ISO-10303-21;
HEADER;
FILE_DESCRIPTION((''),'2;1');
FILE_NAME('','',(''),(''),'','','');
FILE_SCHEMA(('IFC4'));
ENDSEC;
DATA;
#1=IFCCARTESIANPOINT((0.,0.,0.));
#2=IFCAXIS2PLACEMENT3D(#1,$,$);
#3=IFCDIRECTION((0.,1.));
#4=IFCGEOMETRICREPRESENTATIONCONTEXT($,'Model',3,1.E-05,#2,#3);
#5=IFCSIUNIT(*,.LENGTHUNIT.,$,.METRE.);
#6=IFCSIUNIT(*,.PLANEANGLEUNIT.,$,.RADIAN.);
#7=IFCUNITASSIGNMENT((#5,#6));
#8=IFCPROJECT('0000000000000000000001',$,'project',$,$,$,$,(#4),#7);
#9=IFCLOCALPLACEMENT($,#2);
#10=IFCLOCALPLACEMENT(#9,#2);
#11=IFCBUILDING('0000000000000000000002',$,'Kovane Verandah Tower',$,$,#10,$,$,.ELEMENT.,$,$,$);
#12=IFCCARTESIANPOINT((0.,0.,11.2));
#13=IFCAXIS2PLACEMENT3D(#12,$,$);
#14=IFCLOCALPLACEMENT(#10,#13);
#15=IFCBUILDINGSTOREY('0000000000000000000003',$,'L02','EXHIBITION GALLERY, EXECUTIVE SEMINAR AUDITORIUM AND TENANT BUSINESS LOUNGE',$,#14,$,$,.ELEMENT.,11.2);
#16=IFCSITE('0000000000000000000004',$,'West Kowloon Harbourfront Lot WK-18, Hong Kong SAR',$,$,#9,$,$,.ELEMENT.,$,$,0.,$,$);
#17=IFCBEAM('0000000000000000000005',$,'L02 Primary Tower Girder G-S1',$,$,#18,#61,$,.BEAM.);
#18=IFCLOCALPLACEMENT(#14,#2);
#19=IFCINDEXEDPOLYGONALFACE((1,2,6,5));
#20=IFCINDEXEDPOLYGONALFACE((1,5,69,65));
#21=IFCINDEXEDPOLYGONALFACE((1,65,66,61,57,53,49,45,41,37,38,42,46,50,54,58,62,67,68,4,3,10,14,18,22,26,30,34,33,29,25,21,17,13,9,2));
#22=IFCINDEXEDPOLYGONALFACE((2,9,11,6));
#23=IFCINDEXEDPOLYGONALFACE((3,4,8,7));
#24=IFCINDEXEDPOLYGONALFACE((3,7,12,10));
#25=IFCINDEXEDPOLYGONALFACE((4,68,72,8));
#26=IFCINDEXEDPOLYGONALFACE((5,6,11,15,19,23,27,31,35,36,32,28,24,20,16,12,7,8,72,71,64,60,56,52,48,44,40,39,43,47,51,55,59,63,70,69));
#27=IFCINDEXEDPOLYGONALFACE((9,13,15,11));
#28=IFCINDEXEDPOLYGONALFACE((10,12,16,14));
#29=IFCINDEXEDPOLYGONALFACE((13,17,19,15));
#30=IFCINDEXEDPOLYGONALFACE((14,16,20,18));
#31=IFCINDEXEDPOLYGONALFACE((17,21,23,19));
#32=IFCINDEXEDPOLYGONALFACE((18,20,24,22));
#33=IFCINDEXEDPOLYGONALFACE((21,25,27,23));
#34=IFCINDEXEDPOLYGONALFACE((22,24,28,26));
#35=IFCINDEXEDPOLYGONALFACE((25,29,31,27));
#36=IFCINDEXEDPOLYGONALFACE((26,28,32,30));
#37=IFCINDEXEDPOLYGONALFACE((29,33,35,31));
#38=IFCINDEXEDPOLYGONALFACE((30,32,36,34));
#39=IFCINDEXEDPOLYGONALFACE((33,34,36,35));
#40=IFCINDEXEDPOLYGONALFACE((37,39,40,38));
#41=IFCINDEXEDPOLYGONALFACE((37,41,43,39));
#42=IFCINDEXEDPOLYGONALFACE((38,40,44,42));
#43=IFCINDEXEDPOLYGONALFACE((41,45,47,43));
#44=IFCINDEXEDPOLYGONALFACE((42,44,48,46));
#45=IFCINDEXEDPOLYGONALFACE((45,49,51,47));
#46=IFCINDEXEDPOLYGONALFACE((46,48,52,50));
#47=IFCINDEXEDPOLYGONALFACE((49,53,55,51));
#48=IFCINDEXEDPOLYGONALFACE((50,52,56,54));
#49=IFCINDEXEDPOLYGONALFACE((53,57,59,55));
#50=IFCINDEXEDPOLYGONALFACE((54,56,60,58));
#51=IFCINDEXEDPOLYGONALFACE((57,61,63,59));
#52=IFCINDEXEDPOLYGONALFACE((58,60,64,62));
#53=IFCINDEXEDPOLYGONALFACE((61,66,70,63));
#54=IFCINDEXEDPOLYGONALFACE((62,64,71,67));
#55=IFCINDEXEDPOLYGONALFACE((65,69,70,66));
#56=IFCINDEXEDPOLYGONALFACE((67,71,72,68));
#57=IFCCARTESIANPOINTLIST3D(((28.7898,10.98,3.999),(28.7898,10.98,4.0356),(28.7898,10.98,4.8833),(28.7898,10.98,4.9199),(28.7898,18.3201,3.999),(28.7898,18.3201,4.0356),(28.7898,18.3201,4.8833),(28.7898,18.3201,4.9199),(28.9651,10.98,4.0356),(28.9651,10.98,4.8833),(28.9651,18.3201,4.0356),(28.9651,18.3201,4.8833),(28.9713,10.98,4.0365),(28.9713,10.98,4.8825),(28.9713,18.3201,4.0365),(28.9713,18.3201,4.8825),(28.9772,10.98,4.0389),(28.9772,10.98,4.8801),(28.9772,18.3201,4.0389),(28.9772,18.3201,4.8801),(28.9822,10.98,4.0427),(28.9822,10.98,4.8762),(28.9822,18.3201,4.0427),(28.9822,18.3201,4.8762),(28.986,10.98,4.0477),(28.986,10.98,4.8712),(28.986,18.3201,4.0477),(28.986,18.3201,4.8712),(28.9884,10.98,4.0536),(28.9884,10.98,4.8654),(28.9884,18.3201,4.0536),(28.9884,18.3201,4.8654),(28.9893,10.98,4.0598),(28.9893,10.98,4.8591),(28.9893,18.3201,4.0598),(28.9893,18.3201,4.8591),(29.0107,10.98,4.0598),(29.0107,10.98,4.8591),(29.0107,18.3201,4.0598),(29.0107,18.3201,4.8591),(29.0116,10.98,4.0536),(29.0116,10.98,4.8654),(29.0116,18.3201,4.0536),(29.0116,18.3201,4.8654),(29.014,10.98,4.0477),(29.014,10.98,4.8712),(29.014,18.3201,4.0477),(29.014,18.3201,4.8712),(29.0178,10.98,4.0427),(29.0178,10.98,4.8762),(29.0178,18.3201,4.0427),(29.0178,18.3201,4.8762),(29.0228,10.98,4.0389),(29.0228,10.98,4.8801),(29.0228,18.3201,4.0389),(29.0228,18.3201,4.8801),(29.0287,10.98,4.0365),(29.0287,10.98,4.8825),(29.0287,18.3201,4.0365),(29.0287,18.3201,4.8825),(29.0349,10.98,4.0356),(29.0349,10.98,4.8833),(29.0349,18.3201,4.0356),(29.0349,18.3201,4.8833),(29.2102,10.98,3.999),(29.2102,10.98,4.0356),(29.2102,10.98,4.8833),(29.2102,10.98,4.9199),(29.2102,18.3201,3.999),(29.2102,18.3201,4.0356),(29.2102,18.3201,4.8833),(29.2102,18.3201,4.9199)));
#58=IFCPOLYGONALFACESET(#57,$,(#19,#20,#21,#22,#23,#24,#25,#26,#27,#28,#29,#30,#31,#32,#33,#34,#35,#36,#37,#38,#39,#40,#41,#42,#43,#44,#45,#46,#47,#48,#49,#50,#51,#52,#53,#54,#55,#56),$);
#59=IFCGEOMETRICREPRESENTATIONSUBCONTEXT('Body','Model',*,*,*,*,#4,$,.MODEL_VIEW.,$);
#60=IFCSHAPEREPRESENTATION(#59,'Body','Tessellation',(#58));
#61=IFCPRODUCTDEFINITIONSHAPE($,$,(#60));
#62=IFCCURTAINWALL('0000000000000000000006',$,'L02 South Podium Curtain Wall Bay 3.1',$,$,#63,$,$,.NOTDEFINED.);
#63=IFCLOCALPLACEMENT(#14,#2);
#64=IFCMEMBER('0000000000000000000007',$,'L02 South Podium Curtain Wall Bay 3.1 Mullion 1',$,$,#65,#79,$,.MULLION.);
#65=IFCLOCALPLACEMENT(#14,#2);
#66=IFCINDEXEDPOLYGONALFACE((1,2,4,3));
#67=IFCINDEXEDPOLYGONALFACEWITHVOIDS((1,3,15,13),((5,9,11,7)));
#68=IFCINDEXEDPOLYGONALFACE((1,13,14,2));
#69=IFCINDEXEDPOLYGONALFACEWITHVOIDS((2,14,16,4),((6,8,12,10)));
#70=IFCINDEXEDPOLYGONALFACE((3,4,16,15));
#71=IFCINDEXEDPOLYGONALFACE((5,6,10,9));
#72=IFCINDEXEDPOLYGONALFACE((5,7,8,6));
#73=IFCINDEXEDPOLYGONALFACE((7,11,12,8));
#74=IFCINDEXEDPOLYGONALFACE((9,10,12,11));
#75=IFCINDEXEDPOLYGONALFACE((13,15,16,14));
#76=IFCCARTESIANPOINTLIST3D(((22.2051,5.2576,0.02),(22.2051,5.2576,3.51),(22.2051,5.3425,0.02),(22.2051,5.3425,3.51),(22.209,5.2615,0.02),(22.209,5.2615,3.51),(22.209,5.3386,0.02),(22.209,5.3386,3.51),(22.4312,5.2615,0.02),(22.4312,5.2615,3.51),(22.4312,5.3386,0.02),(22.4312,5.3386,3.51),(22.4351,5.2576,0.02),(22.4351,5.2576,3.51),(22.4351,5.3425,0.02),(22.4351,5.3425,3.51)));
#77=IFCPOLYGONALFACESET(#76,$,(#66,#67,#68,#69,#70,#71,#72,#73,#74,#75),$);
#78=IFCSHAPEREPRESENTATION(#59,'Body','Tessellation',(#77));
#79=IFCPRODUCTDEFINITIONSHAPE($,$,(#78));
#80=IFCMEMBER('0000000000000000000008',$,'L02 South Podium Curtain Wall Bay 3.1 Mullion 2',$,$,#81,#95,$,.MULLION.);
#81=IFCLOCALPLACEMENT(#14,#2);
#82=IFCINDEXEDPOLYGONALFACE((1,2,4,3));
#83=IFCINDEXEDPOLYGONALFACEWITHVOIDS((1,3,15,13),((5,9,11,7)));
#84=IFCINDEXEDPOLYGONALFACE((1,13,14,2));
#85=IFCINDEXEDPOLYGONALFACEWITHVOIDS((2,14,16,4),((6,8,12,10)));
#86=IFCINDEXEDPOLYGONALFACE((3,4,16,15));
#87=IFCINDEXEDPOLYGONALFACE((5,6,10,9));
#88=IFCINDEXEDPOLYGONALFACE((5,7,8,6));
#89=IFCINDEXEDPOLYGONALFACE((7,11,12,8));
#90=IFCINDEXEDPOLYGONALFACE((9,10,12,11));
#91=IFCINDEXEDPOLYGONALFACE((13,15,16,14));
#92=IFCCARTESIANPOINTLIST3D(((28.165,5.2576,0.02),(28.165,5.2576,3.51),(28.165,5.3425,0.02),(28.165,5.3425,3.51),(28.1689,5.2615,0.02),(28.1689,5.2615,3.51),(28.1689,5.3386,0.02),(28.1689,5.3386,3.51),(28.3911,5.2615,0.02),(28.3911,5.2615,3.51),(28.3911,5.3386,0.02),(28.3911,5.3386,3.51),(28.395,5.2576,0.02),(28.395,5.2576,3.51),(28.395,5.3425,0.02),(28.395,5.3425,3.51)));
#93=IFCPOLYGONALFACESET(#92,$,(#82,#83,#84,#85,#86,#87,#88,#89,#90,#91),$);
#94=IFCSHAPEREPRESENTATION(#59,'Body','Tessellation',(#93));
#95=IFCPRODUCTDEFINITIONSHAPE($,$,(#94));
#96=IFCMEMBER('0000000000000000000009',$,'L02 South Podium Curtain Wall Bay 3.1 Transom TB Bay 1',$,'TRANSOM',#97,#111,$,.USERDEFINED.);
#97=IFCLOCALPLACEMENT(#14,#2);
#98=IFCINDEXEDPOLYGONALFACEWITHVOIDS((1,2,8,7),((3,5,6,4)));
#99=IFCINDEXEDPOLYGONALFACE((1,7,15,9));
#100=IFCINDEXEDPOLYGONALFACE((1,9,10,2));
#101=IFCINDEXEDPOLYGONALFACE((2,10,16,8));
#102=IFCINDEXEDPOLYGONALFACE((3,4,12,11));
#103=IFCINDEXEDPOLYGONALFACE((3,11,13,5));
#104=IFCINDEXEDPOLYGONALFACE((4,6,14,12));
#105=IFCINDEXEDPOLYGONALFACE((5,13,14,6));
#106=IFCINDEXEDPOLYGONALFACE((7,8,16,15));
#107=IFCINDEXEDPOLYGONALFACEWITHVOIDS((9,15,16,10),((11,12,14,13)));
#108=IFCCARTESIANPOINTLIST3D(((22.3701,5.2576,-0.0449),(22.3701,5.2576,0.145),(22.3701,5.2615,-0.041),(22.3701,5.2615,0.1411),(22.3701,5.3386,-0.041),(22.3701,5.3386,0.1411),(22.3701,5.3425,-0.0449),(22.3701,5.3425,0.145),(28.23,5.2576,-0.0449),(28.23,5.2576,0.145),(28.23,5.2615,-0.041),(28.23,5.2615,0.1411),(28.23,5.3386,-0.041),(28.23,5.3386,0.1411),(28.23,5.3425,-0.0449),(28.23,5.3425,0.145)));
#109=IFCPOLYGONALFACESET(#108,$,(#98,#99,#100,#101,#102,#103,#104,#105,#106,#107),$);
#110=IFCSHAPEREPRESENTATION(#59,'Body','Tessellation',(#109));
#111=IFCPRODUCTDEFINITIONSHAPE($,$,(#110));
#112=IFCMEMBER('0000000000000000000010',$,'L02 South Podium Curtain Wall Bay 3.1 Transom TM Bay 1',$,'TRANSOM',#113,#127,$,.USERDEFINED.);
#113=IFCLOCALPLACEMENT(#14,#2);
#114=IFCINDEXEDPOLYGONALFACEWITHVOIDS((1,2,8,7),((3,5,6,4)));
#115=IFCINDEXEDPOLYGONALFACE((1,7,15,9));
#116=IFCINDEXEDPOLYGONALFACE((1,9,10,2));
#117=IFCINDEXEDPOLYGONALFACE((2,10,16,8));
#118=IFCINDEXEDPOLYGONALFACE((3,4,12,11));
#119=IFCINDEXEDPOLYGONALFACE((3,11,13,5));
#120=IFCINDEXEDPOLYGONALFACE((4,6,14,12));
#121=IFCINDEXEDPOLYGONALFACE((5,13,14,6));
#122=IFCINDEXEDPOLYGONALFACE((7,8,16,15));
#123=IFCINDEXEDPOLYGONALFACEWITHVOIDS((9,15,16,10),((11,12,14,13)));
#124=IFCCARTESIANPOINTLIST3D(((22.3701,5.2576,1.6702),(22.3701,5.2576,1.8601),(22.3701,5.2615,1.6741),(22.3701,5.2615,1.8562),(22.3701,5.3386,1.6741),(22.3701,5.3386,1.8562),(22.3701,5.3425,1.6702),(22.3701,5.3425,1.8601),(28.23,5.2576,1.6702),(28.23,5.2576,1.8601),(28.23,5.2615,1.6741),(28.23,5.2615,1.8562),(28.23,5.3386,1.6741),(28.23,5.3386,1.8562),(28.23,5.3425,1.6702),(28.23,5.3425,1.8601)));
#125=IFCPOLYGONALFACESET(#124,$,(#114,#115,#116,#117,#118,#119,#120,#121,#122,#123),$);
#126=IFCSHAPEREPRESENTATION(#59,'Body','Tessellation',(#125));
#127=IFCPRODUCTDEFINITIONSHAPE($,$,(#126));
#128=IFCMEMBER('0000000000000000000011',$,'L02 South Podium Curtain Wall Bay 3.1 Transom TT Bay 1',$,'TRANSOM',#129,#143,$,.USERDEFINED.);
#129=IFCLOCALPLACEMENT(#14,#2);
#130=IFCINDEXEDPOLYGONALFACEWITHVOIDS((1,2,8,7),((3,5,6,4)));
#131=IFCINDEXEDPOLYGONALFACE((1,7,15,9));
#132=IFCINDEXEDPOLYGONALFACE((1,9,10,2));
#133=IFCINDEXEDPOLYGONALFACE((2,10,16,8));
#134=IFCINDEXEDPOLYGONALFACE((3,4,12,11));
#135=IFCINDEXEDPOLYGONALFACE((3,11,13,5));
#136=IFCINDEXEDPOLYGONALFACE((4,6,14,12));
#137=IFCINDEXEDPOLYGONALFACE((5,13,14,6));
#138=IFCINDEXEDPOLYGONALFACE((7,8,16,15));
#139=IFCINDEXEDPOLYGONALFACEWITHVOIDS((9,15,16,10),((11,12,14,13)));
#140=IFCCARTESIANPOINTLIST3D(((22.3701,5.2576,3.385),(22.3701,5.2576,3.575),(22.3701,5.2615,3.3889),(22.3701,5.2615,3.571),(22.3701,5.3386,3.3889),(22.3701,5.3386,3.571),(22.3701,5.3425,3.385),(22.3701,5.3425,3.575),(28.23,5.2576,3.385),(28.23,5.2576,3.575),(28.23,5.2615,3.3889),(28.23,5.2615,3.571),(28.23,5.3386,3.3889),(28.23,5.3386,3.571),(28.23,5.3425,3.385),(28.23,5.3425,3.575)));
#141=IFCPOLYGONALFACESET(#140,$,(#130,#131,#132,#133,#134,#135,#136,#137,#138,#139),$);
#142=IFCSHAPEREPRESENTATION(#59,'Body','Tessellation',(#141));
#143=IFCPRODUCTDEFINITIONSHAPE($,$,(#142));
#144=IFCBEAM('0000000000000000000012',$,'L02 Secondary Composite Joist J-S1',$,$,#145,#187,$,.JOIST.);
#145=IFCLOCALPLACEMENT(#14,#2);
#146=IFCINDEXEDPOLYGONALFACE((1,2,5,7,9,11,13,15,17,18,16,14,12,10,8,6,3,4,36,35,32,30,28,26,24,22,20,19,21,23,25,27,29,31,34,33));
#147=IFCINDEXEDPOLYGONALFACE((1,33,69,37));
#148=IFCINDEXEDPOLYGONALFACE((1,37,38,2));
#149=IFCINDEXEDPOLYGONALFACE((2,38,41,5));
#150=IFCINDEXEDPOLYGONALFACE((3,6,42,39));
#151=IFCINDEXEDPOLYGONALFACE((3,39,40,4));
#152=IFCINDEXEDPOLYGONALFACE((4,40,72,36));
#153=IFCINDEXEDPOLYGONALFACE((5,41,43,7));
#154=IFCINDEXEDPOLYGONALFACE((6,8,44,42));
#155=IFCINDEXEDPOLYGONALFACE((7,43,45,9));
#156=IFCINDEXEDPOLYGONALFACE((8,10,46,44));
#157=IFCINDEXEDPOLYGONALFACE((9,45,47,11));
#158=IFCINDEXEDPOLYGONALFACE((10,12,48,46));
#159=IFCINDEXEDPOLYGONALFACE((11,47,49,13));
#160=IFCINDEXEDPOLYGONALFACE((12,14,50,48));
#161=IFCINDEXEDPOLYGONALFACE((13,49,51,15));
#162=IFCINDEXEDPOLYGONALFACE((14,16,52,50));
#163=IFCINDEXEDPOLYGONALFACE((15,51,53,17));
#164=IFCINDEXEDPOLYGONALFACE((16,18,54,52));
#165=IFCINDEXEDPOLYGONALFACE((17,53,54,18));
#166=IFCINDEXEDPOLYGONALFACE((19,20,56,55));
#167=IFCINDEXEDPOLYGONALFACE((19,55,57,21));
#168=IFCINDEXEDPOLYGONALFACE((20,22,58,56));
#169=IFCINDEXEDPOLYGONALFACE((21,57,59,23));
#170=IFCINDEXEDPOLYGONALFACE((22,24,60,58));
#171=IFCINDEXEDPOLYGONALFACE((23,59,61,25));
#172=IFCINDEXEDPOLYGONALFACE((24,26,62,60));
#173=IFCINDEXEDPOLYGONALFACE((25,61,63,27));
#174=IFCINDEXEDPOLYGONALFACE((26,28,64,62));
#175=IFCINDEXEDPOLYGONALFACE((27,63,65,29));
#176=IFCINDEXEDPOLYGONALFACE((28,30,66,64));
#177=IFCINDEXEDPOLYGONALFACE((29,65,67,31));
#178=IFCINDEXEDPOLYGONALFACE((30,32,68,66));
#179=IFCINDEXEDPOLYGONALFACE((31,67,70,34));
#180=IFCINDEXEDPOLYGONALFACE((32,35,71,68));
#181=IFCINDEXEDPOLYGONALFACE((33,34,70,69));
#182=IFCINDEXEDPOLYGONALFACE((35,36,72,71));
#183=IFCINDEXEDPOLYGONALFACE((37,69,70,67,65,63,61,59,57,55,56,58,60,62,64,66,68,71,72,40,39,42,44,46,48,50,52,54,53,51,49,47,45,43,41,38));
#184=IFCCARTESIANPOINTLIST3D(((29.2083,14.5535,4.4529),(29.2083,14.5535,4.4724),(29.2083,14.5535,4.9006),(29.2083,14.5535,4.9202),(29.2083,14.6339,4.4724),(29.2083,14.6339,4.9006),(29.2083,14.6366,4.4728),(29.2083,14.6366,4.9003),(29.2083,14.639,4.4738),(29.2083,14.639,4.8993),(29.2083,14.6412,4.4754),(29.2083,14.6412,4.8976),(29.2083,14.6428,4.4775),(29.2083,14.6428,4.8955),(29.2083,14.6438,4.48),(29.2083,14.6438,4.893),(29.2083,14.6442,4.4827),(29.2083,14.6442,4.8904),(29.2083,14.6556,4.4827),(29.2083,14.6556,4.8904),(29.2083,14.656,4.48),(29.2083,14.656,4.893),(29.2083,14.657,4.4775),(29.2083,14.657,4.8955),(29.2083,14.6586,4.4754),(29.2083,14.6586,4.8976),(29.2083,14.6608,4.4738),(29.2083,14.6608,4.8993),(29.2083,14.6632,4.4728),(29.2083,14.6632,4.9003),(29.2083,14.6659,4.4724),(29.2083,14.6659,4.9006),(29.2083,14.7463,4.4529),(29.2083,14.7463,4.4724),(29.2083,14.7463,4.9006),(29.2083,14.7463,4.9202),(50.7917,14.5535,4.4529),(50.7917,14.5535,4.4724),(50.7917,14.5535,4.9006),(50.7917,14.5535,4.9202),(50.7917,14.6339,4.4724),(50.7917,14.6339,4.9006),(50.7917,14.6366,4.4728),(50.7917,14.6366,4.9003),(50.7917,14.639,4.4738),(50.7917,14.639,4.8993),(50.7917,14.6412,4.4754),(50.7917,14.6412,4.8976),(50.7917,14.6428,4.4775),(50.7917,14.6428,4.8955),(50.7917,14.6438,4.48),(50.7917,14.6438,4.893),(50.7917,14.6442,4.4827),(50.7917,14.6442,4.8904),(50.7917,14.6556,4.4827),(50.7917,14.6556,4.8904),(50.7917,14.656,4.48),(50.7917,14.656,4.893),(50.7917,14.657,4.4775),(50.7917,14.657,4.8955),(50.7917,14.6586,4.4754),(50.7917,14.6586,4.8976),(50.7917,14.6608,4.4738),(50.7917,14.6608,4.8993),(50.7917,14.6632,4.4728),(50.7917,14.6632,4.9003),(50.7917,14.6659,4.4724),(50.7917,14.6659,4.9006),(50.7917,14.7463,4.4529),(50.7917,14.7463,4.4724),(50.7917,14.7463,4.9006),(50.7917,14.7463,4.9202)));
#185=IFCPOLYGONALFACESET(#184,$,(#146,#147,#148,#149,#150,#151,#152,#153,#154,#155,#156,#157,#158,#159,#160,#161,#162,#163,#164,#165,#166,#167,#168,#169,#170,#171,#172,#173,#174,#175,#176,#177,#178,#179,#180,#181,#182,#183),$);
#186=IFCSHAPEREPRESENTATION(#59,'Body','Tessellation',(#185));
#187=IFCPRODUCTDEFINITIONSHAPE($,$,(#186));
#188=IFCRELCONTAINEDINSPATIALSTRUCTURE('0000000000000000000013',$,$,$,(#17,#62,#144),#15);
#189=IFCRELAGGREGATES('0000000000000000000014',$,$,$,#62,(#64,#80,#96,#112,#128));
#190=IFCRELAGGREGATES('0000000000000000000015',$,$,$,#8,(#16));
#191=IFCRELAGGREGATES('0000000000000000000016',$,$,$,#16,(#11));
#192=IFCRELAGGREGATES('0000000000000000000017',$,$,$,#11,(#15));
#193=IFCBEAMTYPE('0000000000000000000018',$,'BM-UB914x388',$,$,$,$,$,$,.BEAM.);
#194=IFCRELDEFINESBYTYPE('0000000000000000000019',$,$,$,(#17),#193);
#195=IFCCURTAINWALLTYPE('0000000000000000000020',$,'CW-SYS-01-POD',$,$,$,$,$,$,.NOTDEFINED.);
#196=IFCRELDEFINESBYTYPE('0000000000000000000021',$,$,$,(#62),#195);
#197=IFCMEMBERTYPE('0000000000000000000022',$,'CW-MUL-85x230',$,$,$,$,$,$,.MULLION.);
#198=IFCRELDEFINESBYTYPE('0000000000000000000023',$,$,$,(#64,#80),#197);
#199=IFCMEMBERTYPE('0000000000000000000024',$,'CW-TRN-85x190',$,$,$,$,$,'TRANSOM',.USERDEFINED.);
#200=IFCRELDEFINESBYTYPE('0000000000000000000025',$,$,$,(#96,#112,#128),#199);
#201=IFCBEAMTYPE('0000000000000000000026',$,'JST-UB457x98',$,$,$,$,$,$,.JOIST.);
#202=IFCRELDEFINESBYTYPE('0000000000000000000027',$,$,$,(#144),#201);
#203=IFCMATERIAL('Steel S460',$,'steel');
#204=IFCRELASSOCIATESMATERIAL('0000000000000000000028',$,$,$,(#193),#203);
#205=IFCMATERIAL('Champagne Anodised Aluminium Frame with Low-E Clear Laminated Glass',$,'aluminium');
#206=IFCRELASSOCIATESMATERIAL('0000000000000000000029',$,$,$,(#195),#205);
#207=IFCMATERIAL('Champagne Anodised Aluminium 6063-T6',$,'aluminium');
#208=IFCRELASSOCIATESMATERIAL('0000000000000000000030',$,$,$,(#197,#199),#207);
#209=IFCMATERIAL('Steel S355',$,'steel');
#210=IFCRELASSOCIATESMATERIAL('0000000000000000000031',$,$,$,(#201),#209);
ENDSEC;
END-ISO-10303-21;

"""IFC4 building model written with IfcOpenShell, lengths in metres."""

from ifc_helpers import new_model, si_unit, direction, frame, origin, origin_2d, place, context, subcontext, project, spatial, hollow_rectangle, i_section, extrude, material, material_profile, profile_set, type_object, element, aggregate, save


model = new_model("IFC4")

# Units and contexts
model_context = context("Model", 3, precision=1e-05, world=origin(), true_north=direction((0.0, 1.0)))
body_context = subcontext(model_context, "Body", "Model", "MODEL_VIEW")
ifc_project = project(units=[si_unit("LENGTHUNIT", "METRE"), si_unit("PLANEANGLEUNIT", "RADIAN")], contexts=[model_context])

# Site, building, storey
site_placement = place(None, origin())
site = spatial("IfcSite", under=ifc_project, at=site_placement, Name="West Kowloon Harbourfront Lot WK-18, Hong Kong SAR", CompositionType="ELEMENT", RefElevation=0.0)
building_placement = place(site_placement, origin())
building = spatial("IfcBuilding", under=site, at=building_placement, Name="Kovane Verandah Tower", CompositionType="ELEMENT")
storey_placement = place(building_placement, frame((0.0, 0.0, 11.2)))
storey = spatial("IfcBuildingStorey", under=building, at=storey_placement, Name="L02", Description="EXHIBITION GALLERY, EXECUTIVE SEMINAR AUDITORIUM AND TENANT BUSINESS LOUNGE", CompositionType="ELEMENT", Elevation=11.2)

# Shared definitions
ifc_material_1 = material(Name="Steel S460", Category="steel")

# Beam
ifc_material_profile_1 = material_profile(ifc_material_1, i_section(OverallWidth=0.4204, OverallDepth=0.9209, WebThickness=0.0215, FlangeThickness=0.0366, FilletRadius=0.0242, at=origin_2d()), Name="UB914x419x388")
ifc_profile_set_1 = profile_set([ifc_material_profile_1], Name="Steel S460")
beam_type_1 = type_object("IfcBeamType", Name="BM-UB914x388", PredefinedType="BEAM", material=ifc_profile_set_1)
beam_1_placement = place(storey_placement, frame((29.0, 18.3201, 4.4595), z_axis=(0.0, -1.0, 0.0), x_axis=(1.0, 0.0, 0.0)))
element("IfcBeam", 1, at=beam_1_placement, inside=storey, type_object=beam_type_1, Name="L02 Primary Tower Girder G-S1", PredefinedType="BEAM", context=body_context, shape_type="SweptSolid", body=[
    extrude(i_section(OverallWidth=0.4204, OverallDepth=0.9209, WebThickness=0.0215, FlangeThickness=0.0366, FilletRadius=0.0242, at=origin_2d()), origin(), (0.0, 0.0, 1.0), 7.3401),
])

# Curtain wall, members
ifc_material_2 = material(Name="Champagne Anodised Aluminium Frame with Low-E Clear Laminated Glass", Category="aluminium")
curtain_wall_type = type_object("IfcCurtainWallType", Name="CW-SYS-01-POD", PredefinedType="NOTDEFINED", material=ifc_material_2)
curtain_wall_placement = place(storey_placement, origin())
curtain_wall = element("IfcCurtainWall", 2, at=curtain_wall_placement, inside=storey, type_object=curtain_wall_type, Name="L02 South Podium Curtain Wall Bay 3.1", PredefinedType="NOTDEFINED")
ifc_material_3 = material(Name="Champagne Anodised Aluminium 6063-T6", Category="aluminium")
ifc_material_profile_2 = material_profile(ifc_material_3, hollow_rectangle(XDim=0.085, YDim=0.23, WallThickness=0.0039, at=origin_2d()), Name="AL85x230x4")
ifc_profile_set_2 = profile_set([ifc_material_profile_2], Name="Champagne Anodised Aluminium 6063-T6")
member_type_1 = type_object("IfcMemberType", Name="CW-MUL-85x230", PredefinedType="MULLION", material=ifc_profile_set_2)
member_1_placement = place(storey_placement, frame((22.3201, 5.3, 0.02), z_axis=(0.0, 0.0, 1.0), x_axis=(0.0, -1.0, 0.0)))
member_1 = element("IfcMember", 3, at=member_1_placement, type_object=member_type_1, Name="L02 South Podium Curtain Wall Bay 3.1 Mullion 1", PredefinedType="MULLION", context=body_context, shape_type="SweptSolid", body=[
    extrude(hollow_rectangle(XDim=0.085, YDim=0.23, WallThickness=0.0039, at=origin_2d()), origin(), (0.0, 0.0, 1.0), 3.49),
])
member_2_placement = place(storey_placement, frame((28.28, 5.3, 0.02), z_axis=(0.0, 0.0, 1.0), x_axis=(0.0, -1.0, 0.0)))
member_2 = element("IfcMember", 4, at=member_2_placement, type_object=member_type_1, Name="L02 South Podium Curtain Wall Bay 3.1 Mullion 2", PredefinedType="MULLION", context=body_context, shape_type="SweptSolid", body=[
    extrude(hollow_rectangle(XDim=0.085, YDim=0.23, WallThickness=0.0039, at=origin_2d()), origin(), (0.0, 0.0, 1.0), 3.49),
])
ifc_material_profile_3 = material_profile(ifc_material_3, hollow_rectangle(XDim=0.085, YDim=0.1899, WallThickness=0.0039, at=origin_2d()), Name="AL85x190x4")
ifc_profile_set_3 = profile_set([ifc_material_profile_3], Name="Champagne Anodised Aluminium 6063-T6")
member_type_2 = type_object("IfcMemberType", Name="CW-TRN-85x190", ElementType="TRANSOM", PredefinedType="USERDEFINED", material=ifc_profile_set_3)
member_3_placement = place(storey_placement, frame((22.3701, 5.3, 0.05), z_axis=(1.0, 0.0, 0.0), x_axis=(0.0, 1.0, 0.0)))
member_3 = element("IfcMember", 5, at=member_3_placement, type_object=member_type_2, Name="L02 South Podium Curtain Wall Bay 3.1 Transom TB Bay 1", ObjectType="TRANSOM", PredefinedType="USERDEFINED", context=body_context, shape_type="SweptSolid", body=[
    extrude(hollow_rectangle(XDim=0.085, YDim=0.1899, WallThickness=0.0039, at=origin_2d()), origin(), (0.0, 0.0, 1.0), 5.8599),
])
member_4_placement = place(storey_placement, frame((22.3701, 5.3, 1.7651), z_axis=(1.0, 0.0, 0.0), x_axis=(0.0, 1.0, 0.0)))
member_4 = element("IfcMember", 6, at=member_4_placement, type_object=member_type_2, Name="L02 South Podium Curtain Wall Bay 3.1 Transom TM Bay 1", ObjectType="TRANSOM", PredefinedType="USERDEFINED", context=body_context, shape_type="SweptSolid", body=[
    extrude(hollow_rectangle(XDim=0.085, YDim=0.1899, WallThickness=0.0039, at=origin_2d()), origin(), (0.0, 0.0, 1.0), 5.8599),
])
member_5_placement = place(storey_placement, frame((22.3701, 5.3, 3.48), z_axis=(1.0, 0.0, 0.0), x_axis=(0.0, 1.0, 0.0)))
member_5 = element("IfcMember", 7, at=member_5_placement, type_object=member_type_2, Name="L02 South Podium Curtain Wall Bay 3.1 Transom TT Bay 1", ObjectType="TRANSOM", PredefinedType="USERDEFINED", context=body_context, shape_type="SweptSolid", body=[
    extrude(hollow_rectangle(XDim=0.085, YDim=0.1899, WallThickness=0.0039, at=origin_2d()), origin(), (0.0, 0.0, 1.0), 5.8599),
])

# Beam
ifc_material_4 = material(Name="Steel S355", Category="steel")
ifc_material_profile_4 = material_profile(ifc_material_4, i_section(OverallWidth=0.1929, OverallDepth=0.4673, WebThickness=0.0115, FlangeThickness=0.0195, FilletRadius=0.0103, at=origin_2d()), Name="UB457x191x98")
ifc_profile_set_4 = profile_set([ifc_material_profile_4], Name="Steel S355")
beam_type_2 = type_object("IfcBeamType", Name="JST-UB457x98", PredefinedType="JOIST", material=ifc_profile_set_4)
beam_2_placement = place(storey_placement, frame((29.2083, 14.6499, 4.6865), z_axis=(1.0, 0.0, 0.0), x_axis=(0.0, 1.0, 0.0)))
element("IfcBeam", 8, at=beam_2_placement, inside=storey, type_object=beam_type_2, Name="L02 Secondary Composite Joist J-S1", PredefinedType="JOIST", context=body_context, shape_type="SweptSolid", body=[
    extrude(i_section(OverallWidth=0.1929, OverallDepth=0.4673, WebThickness=0.0115, FlangeThickness=0.0195, FilletRadius=0.0103, at=origin_2d()), origin(), (0.0, 0.0, 1.0), 21.5835),
])

aggregate(curtain_wall, [member_1, member_2, member_3, member_4, member_5])

save(model, "model.ifc")
